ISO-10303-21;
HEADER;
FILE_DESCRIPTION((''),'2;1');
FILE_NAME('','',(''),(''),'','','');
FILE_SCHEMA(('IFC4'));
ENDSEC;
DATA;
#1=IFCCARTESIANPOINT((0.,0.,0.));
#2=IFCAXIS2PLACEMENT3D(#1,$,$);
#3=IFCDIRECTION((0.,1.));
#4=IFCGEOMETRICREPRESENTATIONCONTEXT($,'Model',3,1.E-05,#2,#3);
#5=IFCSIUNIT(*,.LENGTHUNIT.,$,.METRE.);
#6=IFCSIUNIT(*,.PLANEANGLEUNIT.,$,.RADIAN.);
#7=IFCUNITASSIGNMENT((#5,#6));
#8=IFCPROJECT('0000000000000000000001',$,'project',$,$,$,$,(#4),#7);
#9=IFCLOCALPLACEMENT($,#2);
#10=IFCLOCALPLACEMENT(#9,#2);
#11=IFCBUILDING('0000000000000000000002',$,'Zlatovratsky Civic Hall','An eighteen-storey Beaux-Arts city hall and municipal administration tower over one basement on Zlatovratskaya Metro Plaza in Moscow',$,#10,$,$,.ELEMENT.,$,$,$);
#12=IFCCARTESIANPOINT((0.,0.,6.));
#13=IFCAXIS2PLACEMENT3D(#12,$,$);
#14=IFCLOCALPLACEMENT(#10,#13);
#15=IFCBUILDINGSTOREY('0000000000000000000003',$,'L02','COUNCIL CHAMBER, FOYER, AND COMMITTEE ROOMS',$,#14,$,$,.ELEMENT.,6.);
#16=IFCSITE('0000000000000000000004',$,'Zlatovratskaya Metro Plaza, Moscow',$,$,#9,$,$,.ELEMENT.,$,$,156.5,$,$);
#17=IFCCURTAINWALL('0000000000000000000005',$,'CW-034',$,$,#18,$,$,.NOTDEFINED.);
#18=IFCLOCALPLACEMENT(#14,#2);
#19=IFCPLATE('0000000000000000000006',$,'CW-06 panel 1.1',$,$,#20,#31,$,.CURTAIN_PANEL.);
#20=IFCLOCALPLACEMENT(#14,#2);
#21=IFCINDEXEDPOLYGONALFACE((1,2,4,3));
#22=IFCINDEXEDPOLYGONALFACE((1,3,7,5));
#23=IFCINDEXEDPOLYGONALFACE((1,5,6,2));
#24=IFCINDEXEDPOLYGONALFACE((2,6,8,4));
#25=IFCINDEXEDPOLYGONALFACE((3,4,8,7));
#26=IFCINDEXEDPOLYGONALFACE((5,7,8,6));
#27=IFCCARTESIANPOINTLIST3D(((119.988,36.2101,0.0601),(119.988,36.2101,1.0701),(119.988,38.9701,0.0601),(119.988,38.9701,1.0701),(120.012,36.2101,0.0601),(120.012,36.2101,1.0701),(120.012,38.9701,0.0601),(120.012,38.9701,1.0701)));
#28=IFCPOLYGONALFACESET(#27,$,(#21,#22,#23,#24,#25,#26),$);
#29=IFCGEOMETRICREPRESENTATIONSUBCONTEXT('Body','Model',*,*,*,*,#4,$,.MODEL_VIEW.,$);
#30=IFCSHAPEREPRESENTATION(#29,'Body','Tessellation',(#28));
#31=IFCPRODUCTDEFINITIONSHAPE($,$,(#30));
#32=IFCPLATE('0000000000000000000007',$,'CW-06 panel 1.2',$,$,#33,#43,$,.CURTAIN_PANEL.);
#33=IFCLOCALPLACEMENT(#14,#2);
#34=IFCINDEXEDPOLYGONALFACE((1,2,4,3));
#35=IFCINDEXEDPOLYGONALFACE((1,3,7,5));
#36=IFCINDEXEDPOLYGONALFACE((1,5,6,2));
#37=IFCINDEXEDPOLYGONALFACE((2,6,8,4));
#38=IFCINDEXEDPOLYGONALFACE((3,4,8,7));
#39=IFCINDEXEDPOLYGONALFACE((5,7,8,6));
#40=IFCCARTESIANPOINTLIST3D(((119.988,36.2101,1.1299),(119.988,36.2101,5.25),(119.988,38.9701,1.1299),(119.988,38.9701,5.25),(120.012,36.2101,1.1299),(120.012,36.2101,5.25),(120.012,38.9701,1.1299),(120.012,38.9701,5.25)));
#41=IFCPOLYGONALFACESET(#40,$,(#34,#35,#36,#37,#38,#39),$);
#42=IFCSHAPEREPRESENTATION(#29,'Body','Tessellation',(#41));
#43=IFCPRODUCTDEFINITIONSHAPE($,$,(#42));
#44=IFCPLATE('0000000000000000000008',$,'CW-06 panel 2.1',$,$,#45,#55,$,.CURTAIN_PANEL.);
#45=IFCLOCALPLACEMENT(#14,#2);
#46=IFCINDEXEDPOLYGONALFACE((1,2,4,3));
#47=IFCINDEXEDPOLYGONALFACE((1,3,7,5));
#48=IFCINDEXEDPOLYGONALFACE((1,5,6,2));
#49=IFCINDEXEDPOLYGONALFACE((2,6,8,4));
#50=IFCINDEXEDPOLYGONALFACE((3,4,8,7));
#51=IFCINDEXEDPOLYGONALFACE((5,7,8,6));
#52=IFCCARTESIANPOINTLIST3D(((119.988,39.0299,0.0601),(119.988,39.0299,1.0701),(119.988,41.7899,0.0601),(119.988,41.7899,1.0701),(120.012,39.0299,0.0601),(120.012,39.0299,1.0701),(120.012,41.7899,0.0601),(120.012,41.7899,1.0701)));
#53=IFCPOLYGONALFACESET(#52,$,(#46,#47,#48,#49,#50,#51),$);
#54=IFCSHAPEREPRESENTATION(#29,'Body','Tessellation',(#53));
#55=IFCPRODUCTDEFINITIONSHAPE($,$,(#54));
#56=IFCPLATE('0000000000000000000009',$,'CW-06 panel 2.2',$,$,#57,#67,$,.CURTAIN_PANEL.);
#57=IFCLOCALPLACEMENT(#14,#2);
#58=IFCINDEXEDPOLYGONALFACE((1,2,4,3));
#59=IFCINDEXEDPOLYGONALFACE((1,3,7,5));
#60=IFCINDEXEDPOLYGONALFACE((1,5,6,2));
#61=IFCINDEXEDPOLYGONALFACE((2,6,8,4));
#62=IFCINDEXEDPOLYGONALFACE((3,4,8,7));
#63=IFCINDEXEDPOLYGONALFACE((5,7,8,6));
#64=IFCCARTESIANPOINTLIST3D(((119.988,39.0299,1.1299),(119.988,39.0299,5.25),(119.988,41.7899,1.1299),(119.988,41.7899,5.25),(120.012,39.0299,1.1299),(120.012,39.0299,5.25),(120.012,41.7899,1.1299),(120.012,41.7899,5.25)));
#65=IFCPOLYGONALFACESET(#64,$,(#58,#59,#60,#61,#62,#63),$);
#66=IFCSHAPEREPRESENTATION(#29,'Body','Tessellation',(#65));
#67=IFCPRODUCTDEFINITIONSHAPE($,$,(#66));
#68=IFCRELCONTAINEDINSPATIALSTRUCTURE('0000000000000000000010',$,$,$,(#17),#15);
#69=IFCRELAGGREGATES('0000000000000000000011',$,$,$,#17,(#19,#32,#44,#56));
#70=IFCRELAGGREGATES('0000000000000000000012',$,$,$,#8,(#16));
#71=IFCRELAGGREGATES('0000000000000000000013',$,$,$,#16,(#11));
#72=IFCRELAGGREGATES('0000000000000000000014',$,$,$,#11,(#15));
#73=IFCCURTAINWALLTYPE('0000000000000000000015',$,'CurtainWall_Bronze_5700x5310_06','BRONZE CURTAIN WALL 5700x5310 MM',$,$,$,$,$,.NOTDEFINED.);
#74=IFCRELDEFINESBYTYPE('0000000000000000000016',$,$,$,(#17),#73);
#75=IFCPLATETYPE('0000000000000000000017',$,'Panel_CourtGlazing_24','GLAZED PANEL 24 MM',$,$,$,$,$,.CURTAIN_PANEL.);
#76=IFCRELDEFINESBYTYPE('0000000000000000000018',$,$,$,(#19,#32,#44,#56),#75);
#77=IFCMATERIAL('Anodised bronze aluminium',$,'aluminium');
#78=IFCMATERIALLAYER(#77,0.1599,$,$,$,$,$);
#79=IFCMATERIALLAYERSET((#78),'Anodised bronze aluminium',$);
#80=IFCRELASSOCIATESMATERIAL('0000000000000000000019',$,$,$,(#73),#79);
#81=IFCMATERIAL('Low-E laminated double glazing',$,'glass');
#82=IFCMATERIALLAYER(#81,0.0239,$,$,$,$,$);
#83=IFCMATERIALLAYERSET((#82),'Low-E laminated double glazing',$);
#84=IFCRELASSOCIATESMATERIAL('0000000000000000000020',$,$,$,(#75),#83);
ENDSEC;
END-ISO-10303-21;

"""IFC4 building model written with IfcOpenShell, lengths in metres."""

from ifc_helpers import new_model, si_unit, direction, frame, origin, origin_2d, place, context, subcontext, project, spatial, rectangle, extrude, material, layer, layer_set, type_object, element, aggregate, save


model = new_model("IFC4")

# Units and contexts
model_context = context("Model", 3, precision=1e-05, world=origin(), true_north=direction((0.0, 1.0)))
body_context = subcontext(model_context, "Body", "Model", "MODEL_VIEW")
ifc_project = project(units=[si_unit("LENGTHUNIT", "METRE"), si_unit("PLANEANGLEUNIT", "RADIAN")], contexts=[model_context])

# Site, building, storey
site_placement = place(None, origin())
site = spatial("IfcSite", under=ifc_project, at=site_placement, Name="Zlatovratskaya Metro Plaza, Moscow", CompositionType="ELEMENT", RefElevation=156.5)
building_placement = place(site_placement, origin())
building = spatial("IfcBuilding", under=site, at=building_placement, Name="Zlatovratsky Civic Hall", Description="An eighteen-storey Beaux-Arts city hall and municipal administration tower over one basement on Zlatovratskaya Metro Plaza in Moscow", CompositionType="ELEMENT")
storey_placement = place(building_placement, frame((0.0, 0.0, 6.0)))
storey = spatial("IfcBuildingStorey", under=building, at=storey_placement, Name="L02", Description="COUNCIL CHAMBER, FOYER, AND COMMITTEE ROOMS", CompositionType="ELEMENT", Elevation=6.0)

# Curtain wall
ifc_material_1 = material(Name="Anodised bronze aluminium", Category="aluminium")
ifc_layer_1 = layer(ifc_material_1, 0.1599)
ifc_layer_set_1 = layer_set([ifc_layer_1], Name="Anodised bronze aluminium")
curtain_wall_type = type_object("IfcCurtainWallType", Name="CurtainWall_Bronze_5700x5310_06", Description="BRONZE CURTAIN WALL 5700x5310 MM", PredefinedType="NOTDEFINED", material=ifc_layer_set_1)
curtain_wall_1_placement = place(storey_placement, origin())
curtain_wall_1 = element("IfcCurtainWall", 1, at=curtain_wall_1_placement, inside=storey, type_object=curtain_wall_type, Name="CW-034", PredefinedType="NOTDEFINED")

# Plates
ifc_material_2 = material(Name="Low-E laminated double glazing", Category="glass")
ifc_layer_2 = layer(ifc_material_2, 0.0239)
ifc_layer_set_2 = layer_set([ifc_layer_2], Name="Low-E laminated double glazing")
plate_type = type_object("IfcPlateType", Name="Panel_CourtGlazing_24", Description="GLAZED PANEL 24 MM", PredefinedType="CURTAIN_PANEL", material=ifc_layer_set_2)
plate_1_placement = place(storey_placement, frame((120.0, 37.5901, 0.0601), z_axis=(0.0, 0.0, 1.0), x_axis=(0.0, 1.0, 0.0)))
plate_1 = element("IfcPlate", 2, at=plate_1_placement, type_object=plate_type, Name="CW-06 panel 1.1", PredefinedType="CURTAIN_PANEL", context=body_context, shape_type="SweptSolid", body=[
    extrude(rectangle(XDim=2.76, YDim=0.0239, at=origin_2d()), origin(), (0.0, 0.0, 1.0), 1.01),
])
plate_2_placement = place(storey_placement, frame((120.0, 37.5901, 1.1299), z_axis=(0.0, 0.0, 1.0), x_axis=(0.0, 1.0, 0.0)))
plate_2 = element("IfcPlate", 3, at=plate_2_placement, type_object=plate_type, Name="CW-06 panel 1.2", PredefinedType="CURTAIN_PANEL", context=body_context, shape_type="SweptSolid", body=[
    extrude(rectangle(XDim=2.76, YDim=0.0239, at=origin_2d()), origin(), (0.0, 0.0, 1.0), 4.1201),
])
plate_3_placement = place(storey_placement, frame((120.0, 40.4099, 0.0601), z_axis=(0.0, 0.0, 1.0), x_axis=(0.0, 1.0, 0.0)))
plate_3 = element("IfcPlate", 4, at=plate_3_placement, type_object=plate_type, Name="CW-06 panel 2.1", PredefinedType="CURTAIN_PANEL", context=body_context, shape_type="SweptSolid", body=[
    extrude(rectangle(XDim=2.76, YDim=0.0239, at=origin_2d()), origin(), (0.0, 0.0, 1.0), 1.01),
])
plate_4_placement = place(storey_placement, frame((120.0, 40.4099, 1.1299), z_axis=(0.0, 0.0, 1.0), x_axis=(0.0, 1.0, 0.0)))
plate_4 = element("IfcPlate", 5, at=plate_4_placement, type_object=plate_type, Name="CW-06 panel 2.2", PredefinedType="CURTAIN_PANEL", context=body_context, shape_type="SweptSolid", body=[
    extrude(rectangle(XDim=2.76, YDim=0.0239, at=origin_2d()), origin(), (0.0, 0.0, 1.0), 4.1201),
])
aggregate(curtain_wall_1, [plate_1, plate_2, plate_3, plate_4])

save(model, "model.ifc")
